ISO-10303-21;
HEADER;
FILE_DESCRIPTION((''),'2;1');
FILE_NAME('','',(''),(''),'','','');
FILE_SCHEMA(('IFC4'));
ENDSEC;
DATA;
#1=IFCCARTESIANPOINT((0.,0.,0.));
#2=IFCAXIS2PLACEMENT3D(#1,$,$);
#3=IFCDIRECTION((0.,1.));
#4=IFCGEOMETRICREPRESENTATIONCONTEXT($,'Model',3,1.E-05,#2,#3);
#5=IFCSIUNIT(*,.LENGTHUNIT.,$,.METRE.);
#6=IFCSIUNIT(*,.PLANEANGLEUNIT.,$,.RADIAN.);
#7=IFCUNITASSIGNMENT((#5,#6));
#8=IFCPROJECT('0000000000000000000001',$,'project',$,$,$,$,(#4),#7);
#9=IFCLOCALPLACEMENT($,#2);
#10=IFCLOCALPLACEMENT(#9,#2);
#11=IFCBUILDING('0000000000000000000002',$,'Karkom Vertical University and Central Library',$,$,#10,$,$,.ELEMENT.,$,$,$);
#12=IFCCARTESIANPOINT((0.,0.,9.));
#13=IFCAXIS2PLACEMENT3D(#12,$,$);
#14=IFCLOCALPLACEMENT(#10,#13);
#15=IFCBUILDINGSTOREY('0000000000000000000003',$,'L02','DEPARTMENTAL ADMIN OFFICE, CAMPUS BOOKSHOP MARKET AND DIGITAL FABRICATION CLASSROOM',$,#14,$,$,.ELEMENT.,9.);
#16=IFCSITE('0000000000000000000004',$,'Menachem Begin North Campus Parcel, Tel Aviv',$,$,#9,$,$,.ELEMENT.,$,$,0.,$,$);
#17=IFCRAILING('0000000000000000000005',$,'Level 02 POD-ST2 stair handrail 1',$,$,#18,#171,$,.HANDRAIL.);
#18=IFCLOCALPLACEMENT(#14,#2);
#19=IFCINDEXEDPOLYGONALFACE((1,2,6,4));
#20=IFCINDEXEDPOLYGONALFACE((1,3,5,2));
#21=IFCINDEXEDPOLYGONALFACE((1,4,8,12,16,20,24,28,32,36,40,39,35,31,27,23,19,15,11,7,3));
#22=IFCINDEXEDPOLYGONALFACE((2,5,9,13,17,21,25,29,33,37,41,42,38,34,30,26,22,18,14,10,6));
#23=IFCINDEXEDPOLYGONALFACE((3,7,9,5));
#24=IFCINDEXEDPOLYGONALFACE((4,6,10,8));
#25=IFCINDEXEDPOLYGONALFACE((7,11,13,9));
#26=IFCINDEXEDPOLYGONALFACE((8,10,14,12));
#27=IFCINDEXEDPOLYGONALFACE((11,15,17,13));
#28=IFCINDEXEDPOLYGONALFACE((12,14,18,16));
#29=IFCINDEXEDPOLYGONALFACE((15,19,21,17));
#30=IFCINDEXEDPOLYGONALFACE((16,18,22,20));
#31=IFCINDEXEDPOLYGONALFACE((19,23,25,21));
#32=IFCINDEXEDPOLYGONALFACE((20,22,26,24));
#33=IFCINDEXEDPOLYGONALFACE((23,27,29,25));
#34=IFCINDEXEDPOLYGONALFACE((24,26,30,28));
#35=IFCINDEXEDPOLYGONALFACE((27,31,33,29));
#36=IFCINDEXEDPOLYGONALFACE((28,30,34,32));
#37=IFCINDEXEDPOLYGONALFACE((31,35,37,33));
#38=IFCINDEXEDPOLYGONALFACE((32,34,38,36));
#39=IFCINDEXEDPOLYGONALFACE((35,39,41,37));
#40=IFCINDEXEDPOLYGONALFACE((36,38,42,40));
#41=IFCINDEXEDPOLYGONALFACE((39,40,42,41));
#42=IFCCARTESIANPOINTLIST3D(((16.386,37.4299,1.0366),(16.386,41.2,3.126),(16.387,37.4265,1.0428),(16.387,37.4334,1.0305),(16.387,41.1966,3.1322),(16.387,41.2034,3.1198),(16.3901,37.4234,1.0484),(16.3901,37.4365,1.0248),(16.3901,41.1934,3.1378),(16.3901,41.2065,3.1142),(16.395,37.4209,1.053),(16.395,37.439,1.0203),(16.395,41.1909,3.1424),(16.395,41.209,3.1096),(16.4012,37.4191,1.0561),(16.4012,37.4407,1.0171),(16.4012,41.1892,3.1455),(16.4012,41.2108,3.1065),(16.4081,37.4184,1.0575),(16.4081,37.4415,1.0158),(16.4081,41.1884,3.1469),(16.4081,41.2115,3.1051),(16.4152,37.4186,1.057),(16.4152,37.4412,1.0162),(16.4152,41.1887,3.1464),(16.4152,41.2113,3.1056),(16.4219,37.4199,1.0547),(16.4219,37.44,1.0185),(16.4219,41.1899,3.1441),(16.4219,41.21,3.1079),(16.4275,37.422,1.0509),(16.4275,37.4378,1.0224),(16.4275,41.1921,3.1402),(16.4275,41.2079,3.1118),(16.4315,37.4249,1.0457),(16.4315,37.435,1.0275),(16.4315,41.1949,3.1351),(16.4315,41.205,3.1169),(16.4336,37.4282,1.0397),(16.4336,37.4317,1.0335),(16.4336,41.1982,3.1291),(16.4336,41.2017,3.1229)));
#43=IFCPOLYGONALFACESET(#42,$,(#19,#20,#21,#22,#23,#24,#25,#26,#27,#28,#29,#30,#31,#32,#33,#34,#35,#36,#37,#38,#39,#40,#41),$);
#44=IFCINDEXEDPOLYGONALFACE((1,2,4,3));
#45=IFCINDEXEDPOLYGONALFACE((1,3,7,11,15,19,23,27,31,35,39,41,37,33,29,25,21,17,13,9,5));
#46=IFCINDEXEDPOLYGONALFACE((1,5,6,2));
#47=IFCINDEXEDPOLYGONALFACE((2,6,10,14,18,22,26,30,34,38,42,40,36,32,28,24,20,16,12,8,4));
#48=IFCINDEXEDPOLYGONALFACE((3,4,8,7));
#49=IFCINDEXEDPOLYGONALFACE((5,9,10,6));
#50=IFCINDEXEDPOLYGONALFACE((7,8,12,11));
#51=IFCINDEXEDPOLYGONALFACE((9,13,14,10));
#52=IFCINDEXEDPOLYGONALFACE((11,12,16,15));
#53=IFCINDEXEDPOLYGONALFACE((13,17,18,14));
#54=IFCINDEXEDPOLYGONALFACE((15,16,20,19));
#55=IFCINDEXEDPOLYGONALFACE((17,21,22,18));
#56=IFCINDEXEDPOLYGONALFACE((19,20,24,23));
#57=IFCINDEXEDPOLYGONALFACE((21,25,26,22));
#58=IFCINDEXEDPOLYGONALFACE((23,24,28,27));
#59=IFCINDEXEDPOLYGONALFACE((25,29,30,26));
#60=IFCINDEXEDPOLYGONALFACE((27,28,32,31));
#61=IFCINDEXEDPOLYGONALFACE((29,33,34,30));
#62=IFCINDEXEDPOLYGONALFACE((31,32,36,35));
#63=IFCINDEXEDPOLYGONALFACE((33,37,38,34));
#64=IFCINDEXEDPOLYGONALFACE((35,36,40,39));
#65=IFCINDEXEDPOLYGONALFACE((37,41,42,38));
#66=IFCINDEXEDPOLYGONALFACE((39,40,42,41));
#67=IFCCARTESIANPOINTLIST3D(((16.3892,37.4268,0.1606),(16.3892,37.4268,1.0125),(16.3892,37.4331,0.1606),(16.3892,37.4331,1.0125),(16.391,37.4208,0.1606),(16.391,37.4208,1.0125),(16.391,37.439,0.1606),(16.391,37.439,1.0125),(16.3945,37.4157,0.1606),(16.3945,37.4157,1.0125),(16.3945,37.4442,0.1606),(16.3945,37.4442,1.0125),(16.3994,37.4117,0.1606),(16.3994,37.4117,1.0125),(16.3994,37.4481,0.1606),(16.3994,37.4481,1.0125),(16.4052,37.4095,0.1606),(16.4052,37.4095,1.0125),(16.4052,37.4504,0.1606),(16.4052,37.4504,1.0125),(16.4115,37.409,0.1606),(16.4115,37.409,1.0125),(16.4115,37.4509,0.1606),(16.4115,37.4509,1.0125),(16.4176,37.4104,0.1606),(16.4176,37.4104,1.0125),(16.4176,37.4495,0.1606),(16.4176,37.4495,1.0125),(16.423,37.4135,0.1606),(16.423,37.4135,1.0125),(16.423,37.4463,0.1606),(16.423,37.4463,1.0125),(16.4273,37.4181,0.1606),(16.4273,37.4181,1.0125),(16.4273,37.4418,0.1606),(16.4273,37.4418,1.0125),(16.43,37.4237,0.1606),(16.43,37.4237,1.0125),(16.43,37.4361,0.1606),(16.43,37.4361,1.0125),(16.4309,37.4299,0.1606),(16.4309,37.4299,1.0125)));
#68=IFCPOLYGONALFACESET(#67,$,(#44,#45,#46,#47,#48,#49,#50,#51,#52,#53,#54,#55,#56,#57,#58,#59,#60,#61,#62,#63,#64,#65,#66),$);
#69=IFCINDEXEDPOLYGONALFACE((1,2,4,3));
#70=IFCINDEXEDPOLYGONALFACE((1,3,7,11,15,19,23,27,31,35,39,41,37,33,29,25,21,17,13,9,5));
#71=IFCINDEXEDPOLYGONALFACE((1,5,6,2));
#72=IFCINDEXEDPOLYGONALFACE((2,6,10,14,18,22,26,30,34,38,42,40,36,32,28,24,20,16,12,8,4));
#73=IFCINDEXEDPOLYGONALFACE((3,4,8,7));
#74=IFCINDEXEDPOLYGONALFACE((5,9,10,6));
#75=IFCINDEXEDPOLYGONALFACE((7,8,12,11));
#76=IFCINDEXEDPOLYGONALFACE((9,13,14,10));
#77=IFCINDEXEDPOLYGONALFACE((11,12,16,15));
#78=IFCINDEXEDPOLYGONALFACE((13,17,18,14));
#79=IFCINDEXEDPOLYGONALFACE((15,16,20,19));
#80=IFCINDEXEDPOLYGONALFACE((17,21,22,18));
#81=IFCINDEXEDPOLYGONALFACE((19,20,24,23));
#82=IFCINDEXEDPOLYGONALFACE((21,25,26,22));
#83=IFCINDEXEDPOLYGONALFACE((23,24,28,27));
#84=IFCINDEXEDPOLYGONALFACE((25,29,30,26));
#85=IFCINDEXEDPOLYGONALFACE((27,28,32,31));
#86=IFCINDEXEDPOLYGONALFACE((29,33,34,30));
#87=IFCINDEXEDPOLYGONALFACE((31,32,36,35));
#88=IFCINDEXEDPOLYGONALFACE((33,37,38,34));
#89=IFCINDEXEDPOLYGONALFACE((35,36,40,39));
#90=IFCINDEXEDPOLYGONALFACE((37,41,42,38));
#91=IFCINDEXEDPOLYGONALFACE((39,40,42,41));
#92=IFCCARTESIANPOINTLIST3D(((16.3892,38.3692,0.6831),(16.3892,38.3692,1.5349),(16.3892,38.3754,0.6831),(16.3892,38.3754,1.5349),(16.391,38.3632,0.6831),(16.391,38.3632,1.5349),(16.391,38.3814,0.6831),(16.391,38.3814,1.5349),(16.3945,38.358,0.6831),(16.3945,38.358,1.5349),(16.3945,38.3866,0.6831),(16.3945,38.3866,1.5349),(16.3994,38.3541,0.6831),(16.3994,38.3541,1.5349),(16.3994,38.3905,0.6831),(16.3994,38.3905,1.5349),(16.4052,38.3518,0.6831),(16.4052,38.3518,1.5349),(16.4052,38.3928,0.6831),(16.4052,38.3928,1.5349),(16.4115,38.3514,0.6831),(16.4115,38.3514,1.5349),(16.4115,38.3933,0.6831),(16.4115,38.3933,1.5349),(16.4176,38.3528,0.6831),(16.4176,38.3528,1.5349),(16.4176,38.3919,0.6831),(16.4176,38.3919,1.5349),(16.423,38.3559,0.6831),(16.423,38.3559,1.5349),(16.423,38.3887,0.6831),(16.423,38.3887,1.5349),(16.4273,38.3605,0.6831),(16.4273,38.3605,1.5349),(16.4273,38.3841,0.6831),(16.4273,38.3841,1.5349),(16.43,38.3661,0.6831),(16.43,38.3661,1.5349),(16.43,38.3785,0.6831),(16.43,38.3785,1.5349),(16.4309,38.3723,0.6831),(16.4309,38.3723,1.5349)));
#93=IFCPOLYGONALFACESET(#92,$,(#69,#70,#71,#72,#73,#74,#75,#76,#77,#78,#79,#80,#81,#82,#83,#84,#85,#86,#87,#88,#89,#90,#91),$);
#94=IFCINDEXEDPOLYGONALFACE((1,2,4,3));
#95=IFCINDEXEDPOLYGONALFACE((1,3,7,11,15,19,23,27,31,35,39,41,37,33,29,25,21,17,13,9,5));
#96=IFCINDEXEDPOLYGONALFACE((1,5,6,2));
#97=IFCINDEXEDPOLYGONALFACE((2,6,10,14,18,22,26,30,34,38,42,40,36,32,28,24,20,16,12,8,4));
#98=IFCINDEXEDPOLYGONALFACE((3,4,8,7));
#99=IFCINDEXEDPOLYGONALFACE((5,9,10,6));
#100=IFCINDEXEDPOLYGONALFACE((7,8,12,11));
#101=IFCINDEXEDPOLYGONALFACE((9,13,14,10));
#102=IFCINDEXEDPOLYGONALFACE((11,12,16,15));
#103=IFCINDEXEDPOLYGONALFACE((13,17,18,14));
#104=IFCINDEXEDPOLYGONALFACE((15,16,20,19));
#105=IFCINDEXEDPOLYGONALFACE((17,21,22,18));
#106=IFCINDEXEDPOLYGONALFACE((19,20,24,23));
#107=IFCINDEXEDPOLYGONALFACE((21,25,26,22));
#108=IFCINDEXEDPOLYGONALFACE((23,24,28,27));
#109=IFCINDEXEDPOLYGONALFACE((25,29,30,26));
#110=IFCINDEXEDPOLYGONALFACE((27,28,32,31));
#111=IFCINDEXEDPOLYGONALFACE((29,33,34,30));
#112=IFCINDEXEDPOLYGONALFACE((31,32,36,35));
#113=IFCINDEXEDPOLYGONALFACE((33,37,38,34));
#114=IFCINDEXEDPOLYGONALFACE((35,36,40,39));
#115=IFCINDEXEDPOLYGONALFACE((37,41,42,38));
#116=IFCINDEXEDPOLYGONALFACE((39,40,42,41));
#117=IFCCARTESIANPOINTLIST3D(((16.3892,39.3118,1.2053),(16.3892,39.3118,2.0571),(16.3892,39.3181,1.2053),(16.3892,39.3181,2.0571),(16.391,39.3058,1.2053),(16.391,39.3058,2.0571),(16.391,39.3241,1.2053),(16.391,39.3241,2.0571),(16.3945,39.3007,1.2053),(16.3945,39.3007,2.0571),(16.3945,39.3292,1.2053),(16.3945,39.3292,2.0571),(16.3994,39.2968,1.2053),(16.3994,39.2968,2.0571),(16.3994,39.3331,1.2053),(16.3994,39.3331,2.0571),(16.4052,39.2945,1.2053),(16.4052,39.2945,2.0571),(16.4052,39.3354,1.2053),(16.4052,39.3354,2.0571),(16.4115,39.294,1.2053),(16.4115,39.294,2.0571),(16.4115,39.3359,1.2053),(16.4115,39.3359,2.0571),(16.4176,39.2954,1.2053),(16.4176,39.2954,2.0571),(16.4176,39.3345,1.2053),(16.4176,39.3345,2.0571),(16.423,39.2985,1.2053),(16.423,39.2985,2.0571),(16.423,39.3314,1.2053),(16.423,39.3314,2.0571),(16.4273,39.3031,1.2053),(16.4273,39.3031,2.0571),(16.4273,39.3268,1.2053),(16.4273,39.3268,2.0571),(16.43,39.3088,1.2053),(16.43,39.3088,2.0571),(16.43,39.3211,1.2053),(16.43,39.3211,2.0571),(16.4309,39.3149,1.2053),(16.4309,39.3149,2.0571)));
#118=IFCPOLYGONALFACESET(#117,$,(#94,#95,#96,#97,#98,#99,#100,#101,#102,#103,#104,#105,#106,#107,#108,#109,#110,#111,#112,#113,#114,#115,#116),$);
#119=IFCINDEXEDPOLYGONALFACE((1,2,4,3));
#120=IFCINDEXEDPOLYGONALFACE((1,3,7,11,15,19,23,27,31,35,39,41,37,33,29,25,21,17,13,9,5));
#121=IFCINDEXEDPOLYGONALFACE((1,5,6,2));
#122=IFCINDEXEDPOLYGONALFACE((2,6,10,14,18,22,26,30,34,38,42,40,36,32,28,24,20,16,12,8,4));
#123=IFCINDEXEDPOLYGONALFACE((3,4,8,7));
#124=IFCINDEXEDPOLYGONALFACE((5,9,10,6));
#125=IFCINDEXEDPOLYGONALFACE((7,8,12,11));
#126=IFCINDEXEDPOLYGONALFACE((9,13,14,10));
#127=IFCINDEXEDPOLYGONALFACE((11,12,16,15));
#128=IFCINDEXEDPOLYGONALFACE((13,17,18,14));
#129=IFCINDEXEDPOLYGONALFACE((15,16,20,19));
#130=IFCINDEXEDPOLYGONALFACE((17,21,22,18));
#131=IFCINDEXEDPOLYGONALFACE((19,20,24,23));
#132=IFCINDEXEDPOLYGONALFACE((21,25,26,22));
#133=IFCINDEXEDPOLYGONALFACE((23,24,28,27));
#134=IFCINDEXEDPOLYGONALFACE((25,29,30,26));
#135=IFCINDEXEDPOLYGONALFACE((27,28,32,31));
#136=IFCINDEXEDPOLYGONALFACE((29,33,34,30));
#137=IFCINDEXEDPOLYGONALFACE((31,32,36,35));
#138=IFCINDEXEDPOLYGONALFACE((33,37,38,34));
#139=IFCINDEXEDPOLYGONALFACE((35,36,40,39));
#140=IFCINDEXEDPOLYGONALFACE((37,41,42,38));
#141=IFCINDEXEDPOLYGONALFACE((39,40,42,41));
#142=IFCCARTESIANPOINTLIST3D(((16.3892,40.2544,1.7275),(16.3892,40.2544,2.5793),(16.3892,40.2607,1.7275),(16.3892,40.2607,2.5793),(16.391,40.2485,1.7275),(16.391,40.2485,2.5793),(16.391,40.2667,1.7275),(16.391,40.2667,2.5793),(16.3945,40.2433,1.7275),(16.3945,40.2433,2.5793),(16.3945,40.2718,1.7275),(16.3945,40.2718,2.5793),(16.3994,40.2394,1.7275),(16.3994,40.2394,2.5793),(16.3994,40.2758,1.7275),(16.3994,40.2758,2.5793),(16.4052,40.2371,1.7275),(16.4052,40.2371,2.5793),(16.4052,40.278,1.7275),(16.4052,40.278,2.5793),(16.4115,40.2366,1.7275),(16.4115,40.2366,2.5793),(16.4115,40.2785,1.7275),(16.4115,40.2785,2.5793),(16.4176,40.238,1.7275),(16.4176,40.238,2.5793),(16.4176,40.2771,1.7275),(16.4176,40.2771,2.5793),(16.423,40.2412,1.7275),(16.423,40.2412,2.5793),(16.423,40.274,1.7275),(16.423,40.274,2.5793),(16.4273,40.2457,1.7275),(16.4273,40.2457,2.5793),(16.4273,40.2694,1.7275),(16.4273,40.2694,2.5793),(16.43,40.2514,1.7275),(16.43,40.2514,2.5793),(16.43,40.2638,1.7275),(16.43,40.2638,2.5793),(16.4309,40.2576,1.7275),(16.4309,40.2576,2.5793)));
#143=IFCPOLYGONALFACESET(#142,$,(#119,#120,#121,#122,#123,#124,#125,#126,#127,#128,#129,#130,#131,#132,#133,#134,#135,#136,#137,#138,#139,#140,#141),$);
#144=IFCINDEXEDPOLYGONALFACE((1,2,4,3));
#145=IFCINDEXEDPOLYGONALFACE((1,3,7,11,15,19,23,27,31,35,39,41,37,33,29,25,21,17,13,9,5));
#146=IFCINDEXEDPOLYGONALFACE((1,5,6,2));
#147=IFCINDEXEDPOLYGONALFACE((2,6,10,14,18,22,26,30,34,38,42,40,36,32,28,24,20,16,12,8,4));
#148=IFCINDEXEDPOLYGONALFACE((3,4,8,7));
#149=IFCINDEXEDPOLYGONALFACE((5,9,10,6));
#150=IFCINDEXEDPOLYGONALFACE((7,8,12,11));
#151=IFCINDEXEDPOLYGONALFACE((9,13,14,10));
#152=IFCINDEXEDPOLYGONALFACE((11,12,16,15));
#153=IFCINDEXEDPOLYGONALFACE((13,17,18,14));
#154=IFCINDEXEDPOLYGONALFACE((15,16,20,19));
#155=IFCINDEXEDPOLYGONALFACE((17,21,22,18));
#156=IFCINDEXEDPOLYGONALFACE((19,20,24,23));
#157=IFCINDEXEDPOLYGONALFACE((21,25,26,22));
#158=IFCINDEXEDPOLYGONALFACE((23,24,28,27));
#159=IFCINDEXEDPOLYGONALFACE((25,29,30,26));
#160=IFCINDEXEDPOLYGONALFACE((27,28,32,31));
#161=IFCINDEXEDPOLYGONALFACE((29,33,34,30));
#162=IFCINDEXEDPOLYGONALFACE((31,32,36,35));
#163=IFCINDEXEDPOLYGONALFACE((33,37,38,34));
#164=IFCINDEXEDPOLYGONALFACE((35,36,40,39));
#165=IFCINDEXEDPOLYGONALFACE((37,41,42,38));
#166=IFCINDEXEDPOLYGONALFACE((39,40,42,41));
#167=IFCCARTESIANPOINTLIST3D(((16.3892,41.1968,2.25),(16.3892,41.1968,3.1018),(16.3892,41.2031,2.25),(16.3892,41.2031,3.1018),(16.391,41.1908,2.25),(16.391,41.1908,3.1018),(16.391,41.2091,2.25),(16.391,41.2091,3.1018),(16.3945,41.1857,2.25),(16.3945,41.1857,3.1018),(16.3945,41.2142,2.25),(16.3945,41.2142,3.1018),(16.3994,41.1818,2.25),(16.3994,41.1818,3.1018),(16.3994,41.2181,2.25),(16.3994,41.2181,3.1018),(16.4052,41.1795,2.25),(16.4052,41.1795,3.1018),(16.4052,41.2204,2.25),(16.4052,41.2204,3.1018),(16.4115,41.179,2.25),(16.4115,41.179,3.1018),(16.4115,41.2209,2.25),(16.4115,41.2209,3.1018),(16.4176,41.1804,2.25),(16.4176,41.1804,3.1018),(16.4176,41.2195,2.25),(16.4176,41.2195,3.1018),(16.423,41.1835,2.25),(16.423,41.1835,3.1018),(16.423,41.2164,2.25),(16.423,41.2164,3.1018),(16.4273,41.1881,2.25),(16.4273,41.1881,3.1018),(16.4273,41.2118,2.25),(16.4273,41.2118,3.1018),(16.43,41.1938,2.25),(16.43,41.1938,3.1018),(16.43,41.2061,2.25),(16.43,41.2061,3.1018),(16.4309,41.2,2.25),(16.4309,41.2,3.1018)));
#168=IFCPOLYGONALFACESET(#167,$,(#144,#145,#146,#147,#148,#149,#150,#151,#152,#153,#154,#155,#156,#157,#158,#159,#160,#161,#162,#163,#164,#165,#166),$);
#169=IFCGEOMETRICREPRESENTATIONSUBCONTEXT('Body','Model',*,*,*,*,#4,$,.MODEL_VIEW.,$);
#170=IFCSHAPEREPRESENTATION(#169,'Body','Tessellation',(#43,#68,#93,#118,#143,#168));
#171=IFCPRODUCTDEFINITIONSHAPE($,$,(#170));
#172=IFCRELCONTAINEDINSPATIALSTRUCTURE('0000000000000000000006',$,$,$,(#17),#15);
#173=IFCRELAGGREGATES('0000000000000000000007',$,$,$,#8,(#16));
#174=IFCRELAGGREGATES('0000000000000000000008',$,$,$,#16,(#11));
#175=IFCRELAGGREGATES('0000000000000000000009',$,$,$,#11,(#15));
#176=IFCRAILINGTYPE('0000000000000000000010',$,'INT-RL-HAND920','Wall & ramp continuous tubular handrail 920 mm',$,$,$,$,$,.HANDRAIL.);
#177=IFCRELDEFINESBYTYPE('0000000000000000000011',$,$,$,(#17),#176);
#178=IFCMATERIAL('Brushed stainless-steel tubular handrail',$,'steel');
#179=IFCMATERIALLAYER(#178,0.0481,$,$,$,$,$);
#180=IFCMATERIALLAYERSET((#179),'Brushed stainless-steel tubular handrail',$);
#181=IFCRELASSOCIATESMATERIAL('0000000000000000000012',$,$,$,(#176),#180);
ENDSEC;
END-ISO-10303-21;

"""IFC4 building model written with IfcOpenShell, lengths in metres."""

from ifc_helpers import new_model, si_unit, direction, frame, origin, origin_2d, place, context, subcontext, project, spatial, circle, extrude, material, layer, layer_set, type_object, element, save


model = new_model("IFC4")

# Units and contexts
model_context = context("Model", 3, precision=1e-05, world=origin(), true_north=direction((0.0, 1.0)))
body_context = subcontext(model_context, "Body", "Model", "MODEL_VIEW")
ifc_project = project(units=[si_unit("LENGTHUNIT", "METRE"), si_unit("PLANEANGLEUNIT", "RADIAN")], contexts=[model_context])

# Site, building, storey
site_placement = place(None, origin())
site = spatial("IfcSite", under=ifc_project, at=site_placement, Name="Menachem Begin North Campus Parcel, Tel Aviv", CompositionType="ELEMENT", RefElevation=0.0)
building_placement = place(site_placement, origin())
building = spatial("IfcBuilding", under=site, at=building_placement, Name="Karkom Vertical University and Central Library", CompositionType="ELEMENT")
storey_placement = place(building_placement, frame((0.0, 0.0, 9.0)))
storey = spatial("IfcBuildingStorey", under=building, at=storey_placement, Name="L02", Description="DEPARTMENTAL ADMIN OFFICE, CAMPUS BOOKSHOP MARKET AND DIGITAL FABRICATION CLASSROOM", CompositionType="ELEMENT", Elevation=9.0)

# Railing
ifc_material_1 = material(Name="Brushed stainless-steel tubular handrail", Category="steel")
ifc_layer_1 = layer(ifc_material_1, 0.0481)
ifc_layer_set_1 = layer_set([ifc_layer_1], Name="Brushed stainless-steel tubular handrail")
railing_type_1 = type_object("IfcRailingType", Name="INT-RL-HAND920", Description="Wall & ramp continuous tubular handrail 920 mm", PredefinedType="HANDRAIL", material=ifc_layer_set_1)
railing_1_placement = place(storey_placement, frame((16.4099, 37.4299, 0.1606)))
element("IfcRailing", 1, at=railing_1_placement, inside=storey, type_object=railing_type_1, Name="Level 02 POD-ST2 stair handrail 1", PredefinedType="HANDRAIL", context=body_context, shape_type="SweptSolid", body=[
    extrude(circle(Radius=0.0239, at=origin_2d()), frame((0.0, 0.0, 0.876), z_axis=(0.0, 0.874659, 0.484739), x_axis=(-1.0, 0.0, 0.0)), (0.0, 0.0, 1.0), 4.3103),
    extrude(circle(Radius=0.021, at=origin_2d()), origin(), (0.0, 0.0, 1.0), 0.8518),
    extrude(circle(Radius=0.021, at=origin_2d()), frame((0.0, 0.9424, 0.5225)), (0.0, 0.0, 1.0), 0.8518),
    extrude(circle(Radius=0.021, at=origin_2d()), frame((0.0, 1.885, 1.0447)), (0.0, 0.0, 1.0), 0.8518),
    extrude(circle(Radius=0.021, at=origin_2d()), frame((0.0, 2.8276, 1.5669)), (0.0, 0.0, 1.0), 0.8518),
    extrude(circle(Radius=0.021, at=origin_2d()), frame((0.0, 3.77, 2.0894)), (0.0, 0.0, 1.0), 0.8518),
])

save(model, "model.ifc")
